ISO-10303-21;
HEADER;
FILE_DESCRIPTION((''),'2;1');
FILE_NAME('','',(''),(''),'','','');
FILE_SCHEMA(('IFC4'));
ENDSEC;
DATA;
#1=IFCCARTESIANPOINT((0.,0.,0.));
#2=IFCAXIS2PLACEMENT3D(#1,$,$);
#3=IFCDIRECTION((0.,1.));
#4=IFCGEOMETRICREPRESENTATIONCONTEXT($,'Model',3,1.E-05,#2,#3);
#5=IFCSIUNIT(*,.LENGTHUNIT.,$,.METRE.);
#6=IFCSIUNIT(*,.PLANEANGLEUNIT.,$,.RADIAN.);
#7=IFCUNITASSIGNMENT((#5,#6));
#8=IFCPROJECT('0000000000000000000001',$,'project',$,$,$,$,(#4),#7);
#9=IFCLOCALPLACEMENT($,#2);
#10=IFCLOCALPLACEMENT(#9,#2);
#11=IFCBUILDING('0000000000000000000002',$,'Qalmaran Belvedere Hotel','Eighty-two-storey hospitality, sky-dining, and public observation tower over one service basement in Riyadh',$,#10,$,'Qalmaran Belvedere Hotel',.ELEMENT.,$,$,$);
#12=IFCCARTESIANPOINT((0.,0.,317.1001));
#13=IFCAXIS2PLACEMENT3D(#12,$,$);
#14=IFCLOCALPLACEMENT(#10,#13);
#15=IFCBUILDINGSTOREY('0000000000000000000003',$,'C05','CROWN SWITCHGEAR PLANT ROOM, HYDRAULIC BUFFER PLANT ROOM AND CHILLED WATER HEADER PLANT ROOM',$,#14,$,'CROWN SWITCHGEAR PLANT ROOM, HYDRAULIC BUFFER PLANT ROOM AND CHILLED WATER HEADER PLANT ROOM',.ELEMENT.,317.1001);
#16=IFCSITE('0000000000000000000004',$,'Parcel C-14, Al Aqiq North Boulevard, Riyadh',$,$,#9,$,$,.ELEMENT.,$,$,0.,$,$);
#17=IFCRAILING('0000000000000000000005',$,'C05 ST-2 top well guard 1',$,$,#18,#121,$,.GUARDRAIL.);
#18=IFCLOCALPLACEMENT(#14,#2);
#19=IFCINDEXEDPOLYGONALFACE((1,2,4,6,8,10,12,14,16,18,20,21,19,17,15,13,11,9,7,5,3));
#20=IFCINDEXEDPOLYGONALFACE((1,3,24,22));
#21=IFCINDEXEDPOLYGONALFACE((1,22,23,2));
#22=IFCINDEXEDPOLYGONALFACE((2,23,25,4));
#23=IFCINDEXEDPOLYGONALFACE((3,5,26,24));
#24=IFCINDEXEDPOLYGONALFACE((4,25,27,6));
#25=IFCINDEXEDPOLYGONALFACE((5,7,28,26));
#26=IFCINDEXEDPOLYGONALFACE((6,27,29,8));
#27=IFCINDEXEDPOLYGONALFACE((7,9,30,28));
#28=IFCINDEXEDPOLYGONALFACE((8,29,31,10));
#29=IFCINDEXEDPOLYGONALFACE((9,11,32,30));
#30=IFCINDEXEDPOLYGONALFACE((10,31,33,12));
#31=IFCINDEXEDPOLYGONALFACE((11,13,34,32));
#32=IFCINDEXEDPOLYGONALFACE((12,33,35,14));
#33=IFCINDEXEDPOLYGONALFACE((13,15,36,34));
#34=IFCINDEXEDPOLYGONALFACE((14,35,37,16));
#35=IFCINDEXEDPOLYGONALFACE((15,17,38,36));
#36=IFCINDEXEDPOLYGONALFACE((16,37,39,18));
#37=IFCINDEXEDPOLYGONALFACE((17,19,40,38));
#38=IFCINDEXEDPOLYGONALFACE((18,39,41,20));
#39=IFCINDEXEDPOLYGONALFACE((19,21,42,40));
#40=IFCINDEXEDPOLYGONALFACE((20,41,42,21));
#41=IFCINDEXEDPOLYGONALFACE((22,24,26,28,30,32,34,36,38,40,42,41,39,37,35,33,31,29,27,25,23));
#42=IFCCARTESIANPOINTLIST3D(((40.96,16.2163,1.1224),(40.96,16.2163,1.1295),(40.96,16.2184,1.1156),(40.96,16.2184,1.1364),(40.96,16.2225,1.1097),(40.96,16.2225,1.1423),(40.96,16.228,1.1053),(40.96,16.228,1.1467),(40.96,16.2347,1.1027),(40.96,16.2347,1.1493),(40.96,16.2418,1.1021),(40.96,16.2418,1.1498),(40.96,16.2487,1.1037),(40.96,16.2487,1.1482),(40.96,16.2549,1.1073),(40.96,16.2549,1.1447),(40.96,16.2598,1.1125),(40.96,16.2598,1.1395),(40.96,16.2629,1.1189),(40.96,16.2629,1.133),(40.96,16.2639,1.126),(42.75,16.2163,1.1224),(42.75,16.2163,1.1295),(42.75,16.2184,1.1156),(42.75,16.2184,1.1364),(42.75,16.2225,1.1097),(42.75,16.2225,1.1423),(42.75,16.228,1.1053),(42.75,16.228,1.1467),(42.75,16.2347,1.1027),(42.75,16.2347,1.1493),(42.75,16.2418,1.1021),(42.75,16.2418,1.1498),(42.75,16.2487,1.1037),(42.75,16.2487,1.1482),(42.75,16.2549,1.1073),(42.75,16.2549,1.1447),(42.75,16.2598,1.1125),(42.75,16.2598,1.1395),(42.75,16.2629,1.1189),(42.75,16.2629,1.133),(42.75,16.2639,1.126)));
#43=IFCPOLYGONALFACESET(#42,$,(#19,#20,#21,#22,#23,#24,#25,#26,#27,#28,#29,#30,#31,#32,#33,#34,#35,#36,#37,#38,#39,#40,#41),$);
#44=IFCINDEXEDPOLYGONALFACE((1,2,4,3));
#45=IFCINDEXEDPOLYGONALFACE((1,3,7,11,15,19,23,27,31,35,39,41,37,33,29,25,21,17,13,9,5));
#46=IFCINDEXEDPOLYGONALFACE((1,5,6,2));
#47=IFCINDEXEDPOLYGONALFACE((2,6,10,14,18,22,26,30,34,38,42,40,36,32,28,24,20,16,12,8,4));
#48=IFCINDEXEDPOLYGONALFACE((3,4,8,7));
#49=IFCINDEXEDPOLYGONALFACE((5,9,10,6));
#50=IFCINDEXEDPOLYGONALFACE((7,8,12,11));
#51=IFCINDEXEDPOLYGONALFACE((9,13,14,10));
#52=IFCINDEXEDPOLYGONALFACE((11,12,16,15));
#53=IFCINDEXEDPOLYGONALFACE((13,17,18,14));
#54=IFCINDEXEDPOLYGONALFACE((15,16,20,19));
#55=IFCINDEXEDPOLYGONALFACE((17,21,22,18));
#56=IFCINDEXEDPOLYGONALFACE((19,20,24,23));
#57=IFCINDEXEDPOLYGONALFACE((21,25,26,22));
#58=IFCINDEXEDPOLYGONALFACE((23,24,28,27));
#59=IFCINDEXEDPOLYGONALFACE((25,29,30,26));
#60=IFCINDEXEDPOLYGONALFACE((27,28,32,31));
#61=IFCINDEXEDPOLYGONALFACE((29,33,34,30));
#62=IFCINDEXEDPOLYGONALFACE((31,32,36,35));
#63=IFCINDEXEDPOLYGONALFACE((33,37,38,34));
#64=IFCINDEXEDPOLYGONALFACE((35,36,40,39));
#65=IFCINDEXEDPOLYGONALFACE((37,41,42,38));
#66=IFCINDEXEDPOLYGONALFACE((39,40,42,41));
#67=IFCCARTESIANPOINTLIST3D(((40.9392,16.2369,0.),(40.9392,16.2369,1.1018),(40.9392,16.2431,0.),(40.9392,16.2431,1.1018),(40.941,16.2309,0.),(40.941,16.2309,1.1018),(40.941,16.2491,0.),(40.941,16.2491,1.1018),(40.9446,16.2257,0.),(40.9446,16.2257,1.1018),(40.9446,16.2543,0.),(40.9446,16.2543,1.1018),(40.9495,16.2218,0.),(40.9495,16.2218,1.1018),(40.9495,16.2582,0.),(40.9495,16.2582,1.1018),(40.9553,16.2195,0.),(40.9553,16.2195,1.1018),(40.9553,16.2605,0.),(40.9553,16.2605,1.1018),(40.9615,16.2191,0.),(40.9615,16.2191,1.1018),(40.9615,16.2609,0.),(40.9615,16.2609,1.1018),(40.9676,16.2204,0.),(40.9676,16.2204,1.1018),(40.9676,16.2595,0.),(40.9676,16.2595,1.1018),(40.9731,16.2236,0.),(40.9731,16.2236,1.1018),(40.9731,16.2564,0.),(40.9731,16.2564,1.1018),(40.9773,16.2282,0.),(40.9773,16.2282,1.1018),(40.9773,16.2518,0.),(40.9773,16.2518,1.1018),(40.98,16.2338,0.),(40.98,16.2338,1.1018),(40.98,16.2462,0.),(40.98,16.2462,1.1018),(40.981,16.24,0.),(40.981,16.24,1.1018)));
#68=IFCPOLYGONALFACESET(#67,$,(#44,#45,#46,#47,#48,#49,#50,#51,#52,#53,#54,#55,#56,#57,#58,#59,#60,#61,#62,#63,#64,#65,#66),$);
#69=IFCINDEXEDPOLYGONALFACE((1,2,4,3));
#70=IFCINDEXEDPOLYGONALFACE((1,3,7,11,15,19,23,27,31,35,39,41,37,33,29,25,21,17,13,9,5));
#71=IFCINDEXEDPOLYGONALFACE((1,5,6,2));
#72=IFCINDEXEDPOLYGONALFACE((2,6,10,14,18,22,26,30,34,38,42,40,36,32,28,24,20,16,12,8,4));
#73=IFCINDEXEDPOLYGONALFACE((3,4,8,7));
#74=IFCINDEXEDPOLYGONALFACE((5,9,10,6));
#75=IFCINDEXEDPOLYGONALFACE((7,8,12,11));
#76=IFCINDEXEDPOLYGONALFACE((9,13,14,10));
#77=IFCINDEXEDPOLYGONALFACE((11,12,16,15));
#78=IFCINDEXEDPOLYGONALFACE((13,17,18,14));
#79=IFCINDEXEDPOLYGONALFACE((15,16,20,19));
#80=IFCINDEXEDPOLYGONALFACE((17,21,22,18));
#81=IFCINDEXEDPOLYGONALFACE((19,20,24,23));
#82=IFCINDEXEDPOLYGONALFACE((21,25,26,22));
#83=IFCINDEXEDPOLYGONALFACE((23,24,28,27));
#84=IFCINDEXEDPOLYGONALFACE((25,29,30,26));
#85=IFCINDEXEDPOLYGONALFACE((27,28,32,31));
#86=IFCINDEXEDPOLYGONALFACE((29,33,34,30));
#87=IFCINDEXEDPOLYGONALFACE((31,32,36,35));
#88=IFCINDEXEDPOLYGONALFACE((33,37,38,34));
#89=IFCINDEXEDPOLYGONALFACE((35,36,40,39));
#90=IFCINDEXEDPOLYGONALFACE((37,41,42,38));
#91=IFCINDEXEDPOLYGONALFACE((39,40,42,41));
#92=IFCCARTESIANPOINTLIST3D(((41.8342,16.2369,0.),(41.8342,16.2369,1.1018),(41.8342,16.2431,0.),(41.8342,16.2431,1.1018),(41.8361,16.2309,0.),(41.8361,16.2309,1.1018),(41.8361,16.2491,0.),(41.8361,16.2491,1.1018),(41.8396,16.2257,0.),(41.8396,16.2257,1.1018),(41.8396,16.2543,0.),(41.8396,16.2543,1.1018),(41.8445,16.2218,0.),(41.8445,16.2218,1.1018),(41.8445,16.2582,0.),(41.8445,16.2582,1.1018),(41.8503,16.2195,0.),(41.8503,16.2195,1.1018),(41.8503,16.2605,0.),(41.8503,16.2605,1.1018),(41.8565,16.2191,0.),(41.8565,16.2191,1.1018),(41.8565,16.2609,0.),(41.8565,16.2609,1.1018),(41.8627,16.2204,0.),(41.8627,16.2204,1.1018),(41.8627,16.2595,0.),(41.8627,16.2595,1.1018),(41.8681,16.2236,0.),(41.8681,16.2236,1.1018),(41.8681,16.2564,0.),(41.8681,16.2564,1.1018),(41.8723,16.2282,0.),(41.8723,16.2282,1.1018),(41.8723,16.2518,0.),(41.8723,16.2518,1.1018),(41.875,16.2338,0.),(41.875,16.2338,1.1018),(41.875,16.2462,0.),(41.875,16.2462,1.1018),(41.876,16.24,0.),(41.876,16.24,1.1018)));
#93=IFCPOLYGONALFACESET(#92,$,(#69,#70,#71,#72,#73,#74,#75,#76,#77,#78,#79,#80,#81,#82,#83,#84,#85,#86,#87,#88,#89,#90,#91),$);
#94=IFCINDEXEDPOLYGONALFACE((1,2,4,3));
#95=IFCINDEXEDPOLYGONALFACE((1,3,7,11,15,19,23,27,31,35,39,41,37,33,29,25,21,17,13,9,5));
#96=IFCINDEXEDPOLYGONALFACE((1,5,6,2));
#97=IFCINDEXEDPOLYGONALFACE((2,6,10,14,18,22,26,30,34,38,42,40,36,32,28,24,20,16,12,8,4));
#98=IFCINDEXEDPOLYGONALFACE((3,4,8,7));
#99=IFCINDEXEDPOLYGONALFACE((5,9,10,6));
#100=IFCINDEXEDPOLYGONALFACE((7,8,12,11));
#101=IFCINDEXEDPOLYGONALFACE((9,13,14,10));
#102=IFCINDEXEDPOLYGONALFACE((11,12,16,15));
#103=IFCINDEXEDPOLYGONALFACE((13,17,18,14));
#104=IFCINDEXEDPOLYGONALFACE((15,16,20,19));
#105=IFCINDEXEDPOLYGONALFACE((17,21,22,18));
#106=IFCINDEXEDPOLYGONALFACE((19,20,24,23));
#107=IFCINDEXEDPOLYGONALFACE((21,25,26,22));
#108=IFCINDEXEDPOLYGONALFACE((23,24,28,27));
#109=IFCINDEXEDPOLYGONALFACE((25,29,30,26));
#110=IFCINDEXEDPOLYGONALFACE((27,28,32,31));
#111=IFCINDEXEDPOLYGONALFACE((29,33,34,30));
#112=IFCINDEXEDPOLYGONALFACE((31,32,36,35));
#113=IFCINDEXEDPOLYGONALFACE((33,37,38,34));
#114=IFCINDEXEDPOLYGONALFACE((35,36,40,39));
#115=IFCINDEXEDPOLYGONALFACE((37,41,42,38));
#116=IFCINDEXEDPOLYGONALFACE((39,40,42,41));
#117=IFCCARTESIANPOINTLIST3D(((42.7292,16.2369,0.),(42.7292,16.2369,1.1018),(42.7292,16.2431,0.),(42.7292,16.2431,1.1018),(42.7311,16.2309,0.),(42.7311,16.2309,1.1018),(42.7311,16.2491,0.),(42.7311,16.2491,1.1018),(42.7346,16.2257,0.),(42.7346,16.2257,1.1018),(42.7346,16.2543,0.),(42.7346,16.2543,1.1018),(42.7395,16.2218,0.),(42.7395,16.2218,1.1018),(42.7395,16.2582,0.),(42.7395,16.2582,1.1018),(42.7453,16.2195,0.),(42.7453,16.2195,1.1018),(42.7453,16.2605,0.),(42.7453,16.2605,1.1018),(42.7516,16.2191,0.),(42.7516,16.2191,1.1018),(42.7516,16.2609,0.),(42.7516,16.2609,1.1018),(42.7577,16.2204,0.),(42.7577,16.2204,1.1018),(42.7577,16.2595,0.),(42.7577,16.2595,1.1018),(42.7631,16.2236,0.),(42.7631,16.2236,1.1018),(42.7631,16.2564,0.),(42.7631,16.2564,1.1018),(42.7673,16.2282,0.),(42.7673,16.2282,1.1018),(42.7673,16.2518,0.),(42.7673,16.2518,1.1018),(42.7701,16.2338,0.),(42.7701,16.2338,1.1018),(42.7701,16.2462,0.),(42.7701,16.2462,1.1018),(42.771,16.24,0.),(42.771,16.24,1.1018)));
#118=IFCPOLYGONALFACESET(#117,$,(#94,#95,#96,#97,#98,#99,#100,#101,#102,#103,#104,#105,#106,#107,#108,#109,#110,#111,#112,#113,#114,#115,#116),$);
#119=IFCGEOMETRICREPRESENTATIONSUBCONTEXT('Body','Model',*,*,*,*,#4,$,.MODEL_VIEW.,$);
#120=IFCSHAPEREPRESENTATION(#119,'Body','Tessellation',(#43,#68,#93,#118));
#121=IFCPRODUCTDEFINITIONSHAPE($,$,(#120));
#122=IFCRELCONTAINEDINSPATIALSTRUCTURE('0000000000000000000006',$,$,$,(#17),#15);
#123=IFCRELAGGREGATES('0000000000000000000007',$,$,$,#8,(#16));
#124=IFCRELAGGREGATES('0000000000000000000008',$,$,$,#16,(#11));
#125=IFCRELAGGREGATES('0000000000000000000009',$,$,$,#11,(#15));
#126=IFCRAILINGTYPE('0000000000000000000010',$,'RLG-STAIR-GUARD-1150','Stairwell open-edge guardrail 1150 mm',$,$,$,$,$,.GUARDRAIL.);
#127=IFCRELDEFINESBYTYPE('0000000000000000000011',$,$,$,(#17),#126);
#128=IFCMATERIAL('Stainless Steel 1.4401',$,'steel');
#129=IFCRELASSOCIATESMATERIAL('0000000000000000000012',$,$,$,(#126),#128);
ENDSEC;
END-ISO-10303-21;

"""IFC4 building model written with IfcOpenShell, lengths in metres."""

from ifc_helpers import new_model, si_unit, direction, frame, origin, origin_2d, place, context, subcontext, project, spatial, circle, extrude, material, type_object, element, save


model = new_model("IFC4")

# Units and contexts
model_context = context("Model", 3, precision=1e-05, world=origin(), true_north=direction((0.0, 1.0)))
body_context = subcontext(model_context, "Body", "Model", "MODEL_VIEW")
ifc_project = project(units=[si_unit("LENGTHUNIT", "METRE"), si_unit("PLANEANGLEUNIT", "RADIAN")], contexts=[model_context])

# Site, building, storey
site_placement = place(None, origin())
site = spatial("IfcSite", under=ifc_project, at=site_placement, Name="Parcel C-14, Al Aqiq North Boulevard, Riyadh", CompositionType="ELEMENT", RefElevation=0.0)
building_placement = place(site_placement, origin())
building = spatial("IfcBuilding", under=site, at=building_placement, Name="Qalmaran Belvedere Hotel", Description="Eighty-two-storey hospitality, sky-dining, and public observation tower over one service basement in Riyadh", LongName="Qalmaran Belvedere Hotel", CompositionType="ELEMENT")
storey_placement = place(building_placement, frame((0.0, 0.0, 317.1001)))
storey = spatial("IfcBuildingStorey", under=building, at=storey_placement, Name="C05", Description="CROWN SWITCHGEAR PLANT ROOM, HYDRAULIC BUFFER PLANT ROOM AND CHILLED WATER HEADER PLANT ROOM", LongName="CROWN SWITCHGEAR PLANT ROOM, HYDRAULIC BUFFER PLANT ROOM AND CHILLED WATER HEADER PLANT ROOM", CompositionType="ELEMENT", Elevation=317.1001)

# Railing
ifc_material_1 = material(Name="Stainless Steel 1.4401", Category="steel")
railing_type = type_object("IfcRailingType", Name="RLG-STAIR-GUARD-1150", Description="Stairwell open-edge guardrail 1150 mm", PredefinedType="GUARDRAIL", material=ifc_material_1)
railing_placement = place(storey_placement, frame((40.96, 16.24, 0.0)))
element("IfcRailing", 1, at=railing_placement, inside=storey, type_object=railing_type, Name="C05 ST-2 top well guard 1", PredefinedType="GUARDRAIL", context=body_context, shape_type="SweptSolid", body=[
    extrude(circle(Radius=0.0239, at=origin_2d()), frame((0.0, 0.0, 1.126), z_axis=(1.0, 0.0, 0.0), x_axis=(0.0, 1.0, 0.0)), (0.0, 0.0, 1.0), 1.79),
    extrude(circle(Radius=0.021, at=origin_2d()), origin(), (0.0, 0.0, 1.0), 1.1018),
    extrude(circle(Radius=0.021, at=origin_2d()), frame((0.895, 0.0, 0.0)), (0.0, 0.0, 1.0), 1.1018),
    extrude(circle(Radius=0.021, at=origin_2d()), frame((1.79, 0.0, 0.0)), (0.0, 0.0, 1.0), 1.1018),
])

save(model, "model.ifc")
